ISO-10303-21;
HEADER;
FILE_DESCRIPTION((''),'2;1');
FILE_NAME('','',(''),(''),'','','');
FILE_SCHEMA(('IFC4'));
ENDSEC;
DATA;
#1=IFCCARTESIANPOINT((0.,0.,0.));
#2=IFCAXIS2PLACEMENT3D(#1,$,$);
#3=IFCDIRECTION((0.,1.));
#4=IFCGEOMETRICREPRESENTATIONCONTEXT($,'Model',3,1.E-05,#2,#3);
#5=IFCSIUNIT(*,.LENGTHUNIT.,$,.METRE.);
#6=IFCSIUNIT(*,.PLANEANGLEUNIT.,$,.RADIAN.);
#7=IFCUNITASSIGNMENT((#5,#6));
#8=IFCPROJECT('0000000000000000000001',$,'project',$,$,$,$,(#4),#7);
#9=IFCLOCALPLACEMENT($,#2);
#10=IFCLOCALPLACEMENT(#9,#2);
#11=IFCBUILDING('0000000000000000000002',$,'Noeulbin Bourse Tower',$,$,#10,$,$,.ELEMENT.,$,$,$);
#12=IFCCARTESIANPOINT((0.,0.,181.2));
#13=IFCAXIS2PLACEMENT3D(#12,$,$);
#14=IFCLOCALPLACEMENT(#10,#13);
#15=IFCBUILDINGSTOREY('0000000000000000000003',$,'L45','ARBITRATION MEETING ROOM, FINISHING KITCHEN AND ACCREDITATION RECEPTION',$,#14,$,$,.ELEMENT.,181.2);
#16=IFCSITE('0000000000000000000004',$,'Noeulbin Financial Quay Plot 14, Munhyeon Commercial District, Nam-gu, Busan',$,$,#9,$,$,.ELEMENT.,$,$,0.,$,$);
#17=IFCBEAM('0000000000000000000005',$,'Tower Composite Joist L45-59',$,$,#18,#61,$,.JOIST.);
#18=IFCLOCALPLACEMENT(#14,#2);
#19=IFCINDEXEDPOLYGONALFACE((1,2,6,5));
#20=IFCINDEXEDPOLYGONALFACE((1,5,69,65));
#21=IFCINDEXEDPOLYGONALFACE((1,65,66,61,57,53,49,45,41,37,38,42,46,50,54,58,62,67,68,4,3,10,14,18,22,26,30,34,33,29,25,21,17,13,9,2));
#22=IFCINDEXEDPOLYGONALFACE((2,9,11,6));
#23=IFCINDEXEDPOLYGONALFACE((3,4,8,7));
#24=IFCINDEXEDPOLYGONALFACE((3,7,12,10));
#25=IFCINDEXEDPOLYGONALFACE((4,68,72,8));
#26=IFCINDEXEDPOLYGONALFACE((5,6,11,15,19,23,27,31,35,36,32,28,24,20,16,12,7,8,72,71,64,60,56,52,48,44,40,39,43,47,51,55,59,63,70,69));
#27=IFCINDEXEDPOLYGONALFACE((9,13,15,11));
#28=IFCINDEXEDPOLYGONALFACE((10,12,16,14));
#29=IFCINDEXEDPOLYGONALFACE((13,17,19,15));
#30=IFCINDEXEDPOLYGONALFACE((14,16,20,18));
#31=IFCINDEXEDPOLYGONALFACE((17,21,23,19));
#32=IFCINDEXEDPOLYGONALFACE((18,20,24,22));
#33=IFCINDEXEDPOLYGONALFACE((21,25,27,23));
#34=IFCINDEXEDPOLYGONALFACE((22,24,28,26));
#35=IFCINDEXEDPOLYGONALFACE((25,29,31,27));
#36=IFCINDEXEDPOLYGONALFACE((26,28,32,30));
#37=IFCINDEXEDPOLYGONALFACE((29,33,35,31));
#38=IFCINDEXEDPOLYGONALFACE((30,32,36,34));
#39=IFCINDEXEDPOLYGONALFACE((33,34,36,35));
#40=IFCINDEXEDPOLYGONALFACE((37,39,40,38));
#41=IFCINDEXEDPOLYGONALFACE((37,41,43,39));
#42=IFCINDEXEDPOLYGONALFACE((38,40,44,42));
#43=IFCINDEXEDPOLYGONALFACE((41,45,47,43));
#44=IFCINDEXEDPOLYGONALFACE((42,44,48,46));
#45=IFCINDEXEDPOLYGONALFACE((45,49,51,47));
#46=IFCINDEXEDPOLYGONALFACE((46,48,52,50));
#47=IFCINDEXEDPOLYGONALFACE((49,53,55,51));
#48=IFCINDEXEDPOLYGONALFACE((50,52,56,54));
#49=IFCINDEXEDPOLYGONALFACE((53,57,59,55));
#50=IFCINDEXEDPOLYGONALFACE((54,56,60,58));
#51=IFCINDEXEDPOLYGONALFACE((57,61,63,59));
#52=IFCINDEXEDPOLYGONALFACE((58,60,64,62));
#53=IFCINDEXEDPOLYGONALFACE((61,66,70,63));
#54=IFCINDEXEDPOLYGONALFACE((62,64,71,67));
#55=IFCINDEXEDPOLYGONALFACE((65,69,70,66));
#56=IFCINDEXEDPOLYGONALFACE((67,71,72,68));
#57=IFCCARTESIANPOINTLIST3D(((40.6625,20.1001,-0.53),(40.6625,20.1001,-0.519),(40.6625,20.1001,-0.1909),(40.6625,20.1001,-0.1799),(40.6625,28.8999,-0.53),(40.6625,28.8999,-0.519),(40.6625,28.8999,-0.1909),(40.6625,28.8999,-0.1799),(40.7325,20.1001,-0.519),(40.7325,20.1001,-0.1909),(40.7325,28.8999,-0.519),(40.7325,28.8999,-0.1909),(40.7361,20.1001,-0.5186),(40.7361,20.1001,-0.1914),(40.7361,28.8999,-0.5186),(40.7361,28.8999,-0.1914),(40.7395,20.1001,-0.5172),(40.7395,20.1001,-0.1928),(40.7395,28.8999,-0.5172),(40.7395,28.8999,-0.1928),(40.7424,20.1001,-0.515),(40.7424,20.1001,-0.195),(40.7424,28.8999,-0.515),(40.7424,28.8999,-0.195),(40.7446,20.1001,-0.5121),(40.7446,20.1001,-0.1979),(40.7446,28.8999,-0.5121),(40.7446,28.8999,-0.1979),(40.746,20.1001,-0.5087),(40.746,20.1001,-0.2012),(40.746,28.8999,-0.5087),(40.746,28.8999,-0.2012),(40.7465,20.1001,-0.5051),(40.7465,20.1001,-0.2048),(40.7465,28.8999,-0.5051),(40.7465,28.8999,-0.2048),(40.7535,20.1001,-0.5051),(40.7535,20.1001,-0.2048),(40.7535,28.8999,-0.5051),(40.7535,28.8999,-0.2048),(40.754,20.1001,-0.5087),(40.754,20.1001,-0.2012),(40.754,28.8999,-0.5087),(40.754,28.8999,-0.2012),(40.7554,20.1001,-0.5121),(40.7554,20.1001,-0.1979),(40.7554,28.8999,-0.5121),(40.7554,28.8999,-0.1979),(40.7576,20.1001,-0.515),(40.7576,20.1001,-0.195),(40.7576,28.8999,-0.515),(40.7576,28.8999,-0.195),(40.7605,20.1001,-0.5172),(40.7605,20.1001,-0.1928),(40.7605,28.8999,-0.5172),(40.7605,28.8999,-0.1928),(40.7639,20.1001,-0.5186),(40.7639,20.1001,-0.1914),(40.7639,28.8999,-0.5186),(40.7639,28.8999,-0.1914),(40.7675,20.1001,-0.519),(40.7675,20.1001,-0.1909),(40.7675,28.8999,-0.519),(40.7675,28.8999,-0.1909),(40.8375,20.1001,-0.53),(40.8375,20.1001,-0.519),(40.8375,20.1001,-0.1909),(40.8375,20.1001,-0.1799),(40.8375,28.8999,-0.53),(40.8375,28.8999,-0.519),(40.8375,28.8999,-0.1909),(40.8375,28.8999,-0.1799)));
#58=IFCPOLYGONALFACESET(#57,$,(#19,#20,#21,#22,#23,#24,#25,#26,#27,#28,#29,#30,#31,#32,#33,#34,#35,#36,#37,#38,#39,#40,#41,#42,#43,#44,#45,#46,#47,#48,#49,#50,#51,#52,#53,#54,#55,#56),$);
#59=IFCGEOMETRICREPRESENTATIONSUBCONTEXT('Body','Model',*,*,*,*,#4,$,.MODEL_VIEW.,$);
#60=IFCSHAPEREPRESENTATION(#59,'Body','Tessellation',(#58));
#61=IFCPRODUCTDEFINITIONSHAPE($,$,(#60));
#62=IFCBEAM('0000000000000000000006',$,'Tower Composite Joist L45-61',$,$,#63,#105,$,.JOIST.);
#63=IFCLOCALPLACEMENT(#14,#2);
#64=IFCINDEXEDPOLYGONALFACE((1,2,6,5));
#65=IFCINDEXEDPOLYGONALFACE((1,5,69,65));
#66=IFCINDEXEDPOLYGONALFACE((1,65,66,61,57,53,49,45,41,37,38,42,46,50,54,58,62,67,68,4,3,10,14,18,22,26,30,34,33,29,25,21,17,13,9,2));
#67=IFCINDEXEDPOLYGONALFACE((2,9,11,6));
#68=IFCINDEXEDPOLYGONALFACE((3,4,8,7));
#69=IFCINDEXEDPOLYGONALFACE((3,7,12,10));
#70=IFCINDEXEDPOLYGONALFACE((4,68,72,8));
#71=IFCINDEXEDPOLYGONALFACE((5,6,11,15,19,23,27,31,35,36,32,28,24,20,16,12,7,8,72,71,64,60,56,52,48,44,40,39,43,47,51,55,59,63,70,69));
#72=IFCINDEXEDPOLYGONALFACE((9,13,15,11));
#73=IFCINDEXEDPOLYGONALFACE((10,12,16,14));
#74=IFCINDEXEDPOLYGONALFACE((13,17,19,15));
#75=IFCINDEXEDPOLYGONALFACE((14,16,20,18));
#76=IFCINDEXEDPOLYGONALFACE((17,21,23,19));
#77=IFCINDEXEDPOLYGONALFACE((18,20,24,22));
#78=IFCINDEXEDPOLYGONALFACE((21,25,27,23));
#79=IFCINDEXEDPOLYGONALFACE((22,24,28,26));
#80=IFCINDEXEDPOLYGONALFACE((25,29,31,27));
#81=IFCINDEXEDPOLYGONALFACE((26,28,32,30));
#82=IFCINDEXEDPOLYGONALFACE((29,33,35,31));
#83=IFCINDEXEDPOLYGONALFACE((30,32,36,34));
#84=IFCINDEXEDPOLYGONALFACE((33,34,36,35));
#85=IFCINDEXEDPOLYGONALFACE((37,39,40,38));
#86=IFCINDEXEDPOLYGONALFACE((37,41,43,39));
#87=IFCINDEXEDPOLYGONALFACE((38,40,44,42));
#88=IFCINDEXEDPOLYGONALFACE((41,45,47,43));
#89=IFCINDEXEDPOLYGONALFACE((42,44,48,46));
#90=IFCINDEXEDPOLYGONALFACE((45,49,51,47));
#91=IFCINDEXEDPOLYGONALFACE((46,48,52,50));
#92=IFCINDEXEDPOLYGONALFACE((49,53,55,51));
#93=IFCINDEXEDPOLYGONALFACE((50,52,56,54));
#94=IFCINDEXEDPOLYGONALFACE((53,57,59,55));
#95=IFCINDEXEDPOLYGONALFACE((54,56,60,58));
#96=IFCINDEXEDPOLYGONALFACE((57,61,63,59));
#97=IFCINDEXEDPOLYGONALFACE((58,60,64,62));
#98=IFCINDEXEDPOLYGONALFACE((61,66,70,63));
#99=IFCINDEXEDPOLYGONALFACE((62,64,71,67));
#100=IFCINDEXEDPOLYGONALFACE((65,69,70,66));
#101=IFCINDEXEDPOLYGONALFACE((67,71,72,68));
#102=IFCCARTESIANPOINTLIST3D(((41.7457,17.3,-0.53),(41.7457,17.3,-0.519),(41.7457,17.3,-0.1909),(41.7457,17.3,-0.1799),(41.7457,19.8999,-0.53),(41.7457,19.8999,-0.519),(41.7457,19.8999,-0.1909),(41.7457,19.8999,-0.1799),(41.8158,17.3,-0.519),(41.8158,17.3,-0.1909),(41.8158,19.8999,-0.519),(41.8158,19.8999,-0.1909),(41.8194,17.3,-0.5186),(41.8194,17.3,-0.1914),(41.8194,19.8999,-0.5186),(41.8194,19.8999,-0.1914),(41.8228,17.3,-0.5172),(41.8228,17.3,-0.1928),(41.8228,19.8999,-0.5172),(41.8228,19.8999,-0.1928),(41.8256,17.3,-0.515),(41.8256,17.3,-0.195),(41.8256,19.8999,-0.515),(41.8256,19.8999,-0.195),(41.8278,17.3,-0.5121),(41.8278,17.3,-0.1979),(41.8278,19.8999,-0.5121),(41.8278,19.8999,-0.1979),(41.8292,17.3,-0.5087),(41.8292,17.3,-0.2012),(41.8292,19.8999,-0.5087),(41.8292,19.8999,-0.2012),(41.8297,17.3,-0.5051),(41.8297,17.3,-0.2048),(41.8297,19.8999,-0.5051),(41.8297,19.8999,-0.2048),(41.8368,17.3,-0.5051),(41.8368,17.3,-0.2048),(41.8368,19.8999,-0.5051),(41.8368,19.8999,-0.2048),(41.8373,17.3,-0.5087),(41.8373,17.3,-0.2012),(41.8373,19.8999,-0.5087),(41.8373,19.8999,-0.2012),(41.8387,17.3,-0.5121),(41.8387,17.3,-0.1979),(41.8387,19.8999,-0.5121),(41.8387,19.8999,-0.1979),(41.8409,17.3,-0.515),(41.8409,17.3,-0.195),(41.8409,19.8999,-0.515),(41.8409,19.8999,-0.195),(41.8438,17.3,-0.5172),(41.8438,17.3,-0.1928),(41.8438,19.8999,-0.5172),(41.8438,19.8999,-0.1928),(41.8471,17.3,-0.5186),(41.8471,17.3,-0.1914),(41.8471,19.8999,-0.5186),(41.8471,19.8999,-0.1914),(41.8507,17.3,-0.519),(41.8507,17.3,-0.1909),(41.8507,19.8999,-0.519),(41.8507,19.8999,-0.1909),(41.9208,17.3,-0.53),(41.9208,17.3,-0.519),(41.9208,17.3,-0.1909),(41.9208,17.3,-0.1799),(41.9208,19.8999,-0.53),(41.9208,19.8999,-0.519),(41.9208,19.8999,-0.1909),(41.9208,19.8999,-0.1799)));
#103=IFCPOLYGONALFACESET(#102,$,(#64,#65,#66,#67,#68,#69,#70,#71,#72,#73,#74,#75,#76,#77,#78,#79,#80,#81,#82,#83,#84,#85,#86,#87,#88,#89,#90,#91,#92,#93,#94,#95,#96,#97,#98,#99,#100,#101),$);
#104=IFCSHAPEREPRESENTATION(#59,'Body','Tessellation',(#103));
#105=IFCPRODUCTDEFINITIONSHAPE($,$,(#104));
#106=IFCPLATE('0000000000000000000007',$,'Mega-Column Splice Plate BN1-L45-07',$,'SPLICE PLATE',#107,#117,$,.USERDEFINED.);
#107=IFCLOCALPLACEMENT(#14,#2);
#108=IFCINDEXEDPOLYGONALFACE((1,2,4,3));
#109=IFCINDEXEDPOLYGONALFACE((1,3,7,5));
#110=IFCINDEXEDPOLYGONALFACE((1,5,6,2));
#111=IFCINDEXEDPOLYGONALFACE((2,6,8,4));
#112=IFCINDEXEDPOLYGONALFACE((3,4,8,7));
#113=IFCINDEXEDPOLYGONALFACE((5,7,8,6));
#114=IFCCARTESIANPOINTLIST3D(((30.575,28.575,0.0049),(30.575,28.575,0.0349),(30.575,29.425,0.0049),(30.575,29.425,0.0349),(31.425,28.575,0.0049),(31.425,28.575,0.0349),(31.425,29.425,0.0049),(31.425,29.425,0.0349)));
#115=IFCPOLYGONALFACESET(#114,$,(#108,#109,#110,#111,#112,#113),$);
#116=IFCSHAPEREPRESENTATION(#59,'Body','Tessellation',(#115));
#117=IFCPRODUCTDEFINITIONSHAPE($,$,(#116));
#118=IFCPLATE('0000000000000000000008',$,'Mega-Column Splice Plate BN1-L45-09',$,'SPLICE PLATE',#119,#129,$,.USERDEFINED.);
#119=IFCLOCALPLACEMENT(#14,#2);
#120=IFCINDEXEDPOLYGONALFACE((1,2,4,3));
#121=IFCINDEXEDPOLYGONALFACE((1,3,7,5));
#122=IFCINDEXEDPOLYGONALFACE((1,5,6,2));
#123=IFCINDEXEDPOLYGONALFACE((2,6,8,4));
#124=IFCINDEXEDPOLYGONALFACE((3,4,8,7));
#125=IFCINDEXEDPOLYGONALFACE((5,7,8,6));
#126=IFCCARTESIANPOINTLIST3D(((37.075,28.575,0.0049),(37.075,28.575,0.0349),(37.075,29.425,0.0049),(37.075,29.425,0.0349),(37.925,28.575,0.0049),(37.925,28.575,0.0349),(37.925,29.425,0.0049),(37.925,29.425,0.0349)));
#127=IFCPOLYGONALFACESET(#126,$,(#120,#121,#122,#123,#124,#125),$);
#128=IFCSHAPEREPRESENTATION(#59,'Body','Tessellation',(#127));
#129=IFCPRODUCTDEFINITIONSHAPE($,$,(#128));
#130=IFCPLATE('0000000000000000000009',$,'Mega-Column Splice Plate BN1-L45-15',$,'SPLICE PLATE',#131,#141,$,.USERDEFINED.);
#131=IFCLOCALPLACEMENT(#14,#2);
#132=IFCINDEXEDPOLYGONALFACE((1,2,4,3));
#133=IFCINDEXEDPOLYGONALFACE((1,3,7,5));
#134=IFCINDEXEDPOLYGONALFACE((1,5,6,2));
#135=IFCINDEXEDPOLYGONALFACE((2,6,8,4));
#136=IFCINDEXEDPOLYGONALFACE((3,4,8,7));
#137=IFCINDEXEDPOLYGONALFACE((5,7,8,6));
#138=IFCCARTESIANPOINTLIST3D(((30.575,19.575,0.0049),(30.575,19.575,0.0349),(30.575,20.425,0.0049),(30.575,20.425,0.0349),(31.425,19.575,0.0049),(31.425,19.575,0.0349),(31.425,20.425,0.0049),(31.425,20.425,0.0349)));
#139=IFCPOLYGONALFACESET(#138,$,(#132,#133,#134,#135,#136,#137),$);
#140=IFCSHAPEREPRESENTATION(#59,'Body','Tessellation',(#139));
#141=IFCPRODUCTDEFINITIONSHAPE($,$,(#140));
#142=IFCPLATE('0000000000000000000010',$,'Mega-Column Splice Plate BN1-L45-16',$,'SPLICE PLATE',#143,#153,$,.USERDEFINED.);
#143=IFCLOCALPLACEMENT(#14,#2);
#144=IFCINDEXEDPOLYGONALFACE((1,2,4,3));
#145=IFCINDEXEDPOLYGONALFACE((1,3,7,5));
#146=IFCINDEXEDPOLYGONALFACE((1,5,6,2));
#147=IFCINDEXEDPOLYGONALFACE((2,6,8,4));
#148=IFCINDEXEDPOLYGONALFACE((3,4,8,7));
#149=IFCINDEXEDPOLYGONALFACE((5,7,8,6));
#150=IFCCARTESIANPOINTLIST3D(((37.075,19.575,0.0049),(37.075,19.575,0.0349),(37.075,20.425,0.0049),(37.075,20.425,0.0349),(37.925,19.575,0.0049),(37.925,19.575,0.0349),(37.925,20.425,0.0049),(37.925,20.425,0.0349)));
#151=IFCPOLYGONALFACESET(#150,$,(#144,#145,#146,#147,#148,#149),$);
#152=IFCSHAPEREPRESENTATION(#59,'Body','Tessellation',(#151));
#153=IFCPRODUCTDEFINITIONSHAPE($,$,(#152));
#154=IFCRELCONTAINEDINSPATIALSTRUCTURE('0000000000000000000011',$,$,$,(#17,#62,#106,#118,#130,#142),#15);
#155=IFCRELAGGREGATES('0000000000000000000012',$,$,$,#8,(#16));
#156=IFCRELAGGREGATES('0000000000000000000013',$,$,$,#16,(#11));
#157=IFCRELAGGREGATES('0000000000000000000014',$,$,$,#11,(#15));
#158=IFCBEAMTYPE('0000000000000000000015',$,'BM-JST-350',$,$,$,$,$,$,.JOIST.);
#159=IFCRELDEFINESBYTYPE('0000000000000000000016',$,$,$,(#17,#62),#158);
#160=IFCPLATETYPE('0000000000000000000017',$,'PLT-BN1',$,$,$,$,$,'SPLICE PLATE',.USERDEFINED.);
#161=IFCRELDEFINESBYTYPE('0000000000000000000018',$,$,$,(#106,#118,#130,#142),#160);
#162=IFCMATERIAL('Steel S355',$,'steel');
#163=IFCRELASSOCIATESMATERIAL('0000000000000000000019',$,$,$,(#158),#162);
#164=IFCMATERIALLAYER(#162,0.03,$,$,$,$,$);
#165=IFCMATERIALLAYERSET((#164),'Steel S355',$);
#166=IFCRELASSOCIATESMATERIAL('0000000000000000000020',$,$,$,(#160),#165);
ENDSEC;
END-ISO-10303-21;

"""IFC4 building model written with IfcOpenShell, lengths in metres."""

from ifc_helpers import new_model, si_unit, direction, frame, origin, origin_2d, place, context, subcontext, project, spatial, rectangle, i_section, extrude, material, layer, layer_set, material_profile, profile_set, type_object, element, save


model = new_model("IFC4")

# Units and contexts
model_context = context("Model", 3, precision=1e-05, world=origin(), true_north=direction((0.0, 1.0)))
body_context = subcontext(model_context, "Body", "Model", "MODEL_VIEW")
ifc_project = project(units=[si_unit("LENGTHUNIT", "METRE"), si_unit("PLANEANGLEUNIT", "RADIAN")], contexts=[model_context])

# Site, building, storey
site_placement = place(None, origin())
site = spatial("IfcSite", under=ifc_project, at=site_placement, Name="Noeulbin Financial Quay Plot 14, Munhyeon Commercial District, Nam-gu, Busan", CompositionType="ELEMENT", RefElevation=0.0)
building_placement = place(site_placement, origin())
building = spatial("IfcBuilding", under=site, at=building_placement, Name="Noeulbin Bourse Tower", CompositionType="ELEMENT")
storey_placement = place(building_placement, frame((0.0, 0.0, 181.2)))
storey = spatial("IfcBuildingStorey", under=building, at=storey_placement, Name="L45", Description="ARBITRATION MEETING ROOM, FINISHING KITCHEN AND ACCREDITATION RECEPTION", CompositionType="ELEMENT", Elevation=181.2)

# Beams
ifc_material_1 = material(Name="Steel S355", Category="steel")
ifc_material_profile_1 = material_profile(ifc_material_1, i_section(OverallWidth=0.175, OverallDepth=0.3501, WebThickness=0.0071, FlangeThickness=0.011, FilletRadius=0.0139, at=origin_2d()), Name="H-350x175x7x11", Category="LoadBearing")
ifc_profile_set_1 = profile_set([ifc_material_profile_1], Name="Steel S355")
beam_type_1 = type_object("IfcBeamType", Name="BM-JST-350", PredefinedType="JOIST", material=ifc_profile_set_1)
beam_1_placement = place(storey_placement, frame((40.75, 20.1001, -0.355), z_axis=(0.0, 1.0, 0.0), x_axis=(-1.0, 0.0, 0.0)))
element("IfcBeam", 1, at=beam_1_placement, inside=storey, type_object=beam_type_1, Name="Tower Composite Joist L45-59", PredefinedType="JOIST", context=body_context, shape_type="SweptSolid", body=[
    extrude(i_section(OverallWidth=0.175, OverallDepth=0.3501, WebThickness=0.0071, FlangeThickness=0.011, FilletRadius=0.0139, at=origin_2d()), origin(), (0.0, 0.0, 1.0), 8.7998),
])
beam_2_placement = place(storey_placement, frame((41.8333, 17.3, -0.355), z_axis=(0.0, 1.0, 0.0), x_axis=(-1.0, 0.0, 0.0)))
element("IfcBeam", 2, at=beam_2_placement, inside=storey, type_object=beam_type_1, Name="Tower Composite Joist L45-61", PredefinedType="JOIST", context=body_context, shape_type="SweptSolid", body=[
    extrude(i_section(OverallWidth=0.175, OverallDepth=0.3501, WebThickness=0.0071, FlangeThickness=0.011, FilletRadius=0.0139, at=origin_2d()), origin(), (0.0, 0.0, 1.0), 2.5999),
])

# Plates
ifc_layer = layer(ifc_material_1, 0.03)
ifc_layer_set = layer_set([ifc_layer], Name="Steel S355")
plate_type = type_object("IfcPlateType", Name="PLT-BN1", ElementType="SPLICE PLATE", PredefinedType="USERDEFINED", material=ifc_layer_set)
for number, where, z_axis, x_axis, name in (
    (3, (31.0, 29.0, 0.0049), (0.0, 0.0, 1.0), (1.0, 0.0, 0.0), "Mega-Column Splice Plate BN1-L45-07"),
    (4, (37.5, 29.0, 0.0049), (0.0, 0.0, 1.0), (1.0, 0.0, 0.0), "Mega-Column Splice Plate BN1-L45-09"),
    (5, (31.0, 20.0, 0.0049), (0.0, 0.0, 1.0), (1.0, 0.0, 0.0), "Mega-Column Splice Plate BN1-L45-15"),
    (6, (37.5, 20.0, 0.0049), (0.0, 0.0, 1.0), (1.0, 0.0, 0.0), "Mega-Column Splice Plate BN1-L45-16"),
):
    element("IfcPlate", number, at=place(storey_placement, frame(where, z_axis=z_axis, x_axis=x_axis)), inside=storey, type_object=plate_type, Name=name, ObjectType="SPLICE PLATE", PredefinedType="USERDEFINED", context=body_context, shape_type="SweptSolid", body=[
        extrude(rectangle(XDim=0.8501, YDim=0.8501, at=origin_2d()), origin(), (0.0, 0.0, 1.0), 0.03),
    ])

save(model, "model.ifc")
